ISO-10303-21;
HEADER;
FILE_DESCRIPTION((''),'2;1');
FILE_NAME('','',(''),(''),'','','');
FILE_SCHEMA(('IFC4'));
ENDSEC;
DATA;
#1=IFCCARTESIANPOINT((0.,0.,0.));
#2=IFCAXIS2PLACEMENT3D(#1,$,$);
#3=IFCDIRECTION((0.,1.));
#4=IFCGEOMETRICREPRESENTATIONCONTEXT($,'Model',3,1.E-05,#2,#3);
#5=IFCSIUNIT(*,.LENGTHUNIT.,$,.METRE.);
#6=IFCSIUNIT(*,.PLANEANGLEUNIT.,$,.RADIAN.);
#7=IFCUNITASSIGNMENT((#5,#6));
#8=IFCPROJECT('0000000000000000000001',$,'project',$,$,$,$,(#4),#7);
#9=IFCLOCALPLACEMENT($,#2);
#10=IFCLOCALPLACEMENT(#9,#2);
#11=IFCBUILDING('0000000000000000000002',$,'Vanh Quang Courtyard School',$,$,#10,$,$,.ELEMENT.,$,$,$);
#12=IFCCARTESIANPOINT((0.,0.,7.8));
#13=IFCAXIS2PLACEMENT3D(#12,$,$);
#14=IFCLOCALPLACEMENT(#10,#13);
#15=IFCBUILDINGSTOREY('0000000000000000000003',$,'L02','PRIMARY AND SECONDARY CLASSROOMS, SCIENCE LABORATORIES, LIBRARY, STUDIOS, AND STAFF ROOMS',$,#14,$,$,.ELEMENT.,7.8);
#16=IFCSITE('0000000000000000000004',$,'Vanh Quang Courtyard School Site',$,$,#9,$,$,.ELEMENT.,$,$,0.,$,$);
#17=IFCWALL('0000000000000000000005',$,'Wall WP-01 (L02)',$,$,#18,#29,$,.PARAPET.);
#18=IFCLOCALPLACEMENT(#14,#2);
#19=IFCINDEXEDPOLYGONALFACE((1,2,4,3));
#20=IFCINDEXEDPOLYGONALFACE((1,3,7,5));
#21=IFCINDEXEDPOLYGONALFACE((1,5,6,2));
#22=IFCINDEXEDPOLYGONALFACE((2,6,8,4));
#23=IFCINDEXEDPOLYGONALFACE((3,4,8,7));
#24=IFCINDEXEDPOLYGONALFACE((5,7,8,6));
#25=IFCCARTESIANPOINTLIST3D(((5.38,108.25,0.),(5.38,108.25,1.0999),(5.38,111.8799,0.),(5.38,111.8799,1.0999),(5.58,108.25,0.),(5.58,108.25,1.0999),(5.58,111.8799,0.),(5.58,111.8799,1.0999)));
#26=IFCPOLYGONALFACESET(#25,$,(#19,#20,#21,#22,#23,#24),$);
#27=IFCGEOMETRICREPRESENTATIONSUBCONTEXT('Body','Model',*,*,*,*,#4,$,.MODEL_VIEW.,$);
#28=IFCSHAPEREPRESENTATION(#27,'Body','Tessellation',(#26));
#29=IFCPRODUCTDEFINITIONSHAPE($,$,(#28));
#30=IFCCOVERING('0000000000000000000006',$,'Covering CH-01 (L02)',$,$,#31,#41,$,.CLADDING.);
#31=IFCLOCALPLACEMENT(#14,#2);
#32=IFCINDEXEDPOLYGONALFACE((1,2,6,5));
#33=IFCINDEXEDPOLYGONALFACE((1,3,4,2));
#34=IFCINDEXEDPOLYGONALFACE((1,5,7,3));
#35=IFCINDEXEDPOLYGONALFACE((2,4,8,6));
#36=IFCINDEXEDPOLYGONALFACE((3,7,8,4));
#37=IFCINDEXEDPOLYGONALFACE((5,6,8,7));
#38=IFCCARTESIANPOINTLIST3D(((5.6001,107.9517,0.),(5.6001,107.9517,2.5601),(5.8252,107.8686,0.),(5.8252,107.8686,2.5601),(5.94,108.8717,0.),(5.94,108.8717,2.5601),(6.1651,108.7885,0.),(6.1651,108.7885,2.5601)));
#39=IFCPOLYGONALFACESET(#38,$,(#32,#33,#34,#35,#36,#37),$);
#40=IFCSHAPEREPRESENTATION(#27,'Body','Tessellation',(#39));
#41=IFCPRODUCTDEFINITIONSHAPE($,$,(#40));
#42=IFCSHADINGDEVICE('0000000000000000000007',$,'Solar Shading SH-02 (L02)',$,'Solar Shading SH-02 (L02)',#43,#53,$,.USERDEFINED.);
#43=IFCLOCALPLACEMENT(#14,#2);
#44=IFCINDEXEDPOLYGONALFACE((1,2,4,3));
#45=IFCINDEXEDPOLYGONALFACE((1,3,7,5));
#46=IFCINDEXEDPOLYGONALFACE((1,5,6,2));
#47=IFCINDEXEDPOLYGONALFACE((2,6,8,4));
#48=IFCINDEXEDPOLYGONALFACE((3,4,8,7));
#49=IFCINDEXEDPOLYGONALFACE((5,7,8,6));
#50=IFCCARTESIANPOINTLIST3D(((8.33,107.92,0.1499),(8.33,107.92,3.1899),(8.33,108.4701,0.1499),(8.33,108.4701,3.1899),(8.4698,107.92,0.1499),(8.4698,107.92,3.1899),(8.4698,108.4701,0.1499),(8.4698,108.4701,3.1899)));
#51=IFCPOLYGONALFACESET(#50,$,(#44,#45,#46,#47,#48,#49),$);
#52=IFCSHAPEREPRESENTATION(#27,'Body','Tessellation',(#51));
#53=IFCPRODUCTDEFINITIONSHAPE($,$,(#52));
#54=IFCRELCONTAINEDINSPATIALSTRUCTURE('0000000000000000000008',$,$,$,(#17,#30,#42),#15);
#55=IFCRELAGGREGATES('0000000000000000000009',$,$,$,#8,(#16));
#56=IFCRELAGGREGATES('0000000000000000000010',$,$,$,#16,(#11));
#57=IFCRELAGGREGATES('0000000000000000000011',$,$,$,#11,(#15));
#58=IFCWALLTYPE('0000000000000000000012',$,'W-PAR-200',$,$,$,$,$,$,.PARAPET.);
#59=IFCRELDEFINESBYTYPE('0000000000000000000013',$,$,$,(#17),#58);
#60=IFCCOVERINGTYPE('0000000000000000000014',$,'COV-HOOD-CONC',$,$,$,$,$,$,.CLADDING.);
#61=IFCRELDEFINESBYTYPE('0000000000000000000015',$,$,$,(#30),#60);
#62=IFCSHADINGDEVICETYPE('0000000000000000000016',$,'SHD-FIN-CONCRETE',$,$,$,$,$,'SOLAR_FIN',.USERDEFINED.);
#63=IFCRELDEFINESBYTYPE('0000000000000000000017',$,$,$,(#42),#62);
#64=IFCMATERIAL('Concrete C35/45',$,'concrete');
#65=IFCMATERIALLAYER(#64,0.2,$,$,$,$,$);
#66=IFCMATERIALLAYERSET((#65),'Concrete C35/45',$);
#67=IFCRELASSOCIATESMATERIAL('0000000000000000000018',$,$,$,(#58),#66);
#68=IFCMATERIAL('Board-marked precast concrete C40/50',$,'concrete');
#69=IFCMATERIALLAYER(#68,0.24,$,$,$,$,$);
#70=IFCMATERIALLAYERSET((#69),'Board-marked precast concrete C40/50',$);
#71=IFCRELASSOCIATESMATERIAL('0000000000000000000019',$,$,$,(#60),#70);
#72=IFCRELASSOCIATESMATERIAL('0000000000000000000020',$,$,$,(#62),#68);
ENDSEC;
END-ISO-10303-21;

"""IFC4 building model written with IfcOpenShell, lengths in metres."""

from ifc_helpers import new_model, si_unit, direction, frame, frame_2d, origin, origin_2d, place, context, subcontext, project, spatial, rectangle, extrude, material, layer, layer_set, type_object, element, save


model = new_model("IFC4")

# Units and contexts
model_context = context("Model", 3, precision=1e-05, world=origin(), true_north=direction((0.0, 1.0)))
body_context = subcontext(model_context, "Body", "Model", "MODEL_VIEW")
ifc_project = project(units=[si_unit("LENGTHUNIT", "METRE"), si_unit("PLANEANGLEUNIT", "RADIAN")], contexts=[model_context])

# Site, building, storey
site_placement = place(None, origin())
site = spatial("IfcSite", under=ifc_project, at=site_placement, Name="Vanh Quang Courtyard School Site", CompositionType="ELEMENT", RefElevation=0.0)
building_placement = place(site_placement, origin())
building = spatial("IfcBuilding", under=site, at=building_placement, Name="Vanh Quang Courtyard School", CompositionType="ELEMENT")
storey_placement = place(building_placement, frame((0.0, 0.0, 7.8)))
storey = spatial("IfcBuildingStorey", under=building, at=storey_placement, Name="L02", Description="PRIMARY AND SECONDARY CLASSROOMS, SCIENCE LABORATORIES, LIBRARY, STUDIOS, AND STAFF ROOMS", CompositionType="ELEMENT", Elevation=7.8)

# Shared definitions
ifc_material_1 = material(Name="Concrete C35/45", Category="concrete")

# Wall
ifc_layer_1 = layer(ifc_material_1, 0.2)
ifc_layer_set_1 = layer_set([ifc_layer_1], Name="Concrete C35/45")
wall_type_1 = type_object("IfcWallType", Name="W-PAR-200", PredefinedType="PARAPET", material=ifc_layer_set_1)
wall_1_placement = place(storey_placement, frame((5.48, 111.8799, 0.0), z_axis=(0.0, 0.0, 1.0), x_axis=(0.0, -1.0, 0.0)))
element("IfcWall", 1, at=wall_1_placement, inside=storey, type_object=wall_type_1, Name="Wall WP-01 (L02)", PredefinedType="PARAPET", context=body_context, shape_type="SweptSolid", body=[
    extrude(rectangle(XDim=3.6299, YDim=0.2, at=frame_2d((1.8149, 0.0))), origin(), (0.0, 0.0, 1.0), 1.0999),
])

# Covering
ifc_material_2 = material(Name="Board-marked precast concrete C40/50", Category="concrete")
ifc_layer_2 = layer(ifc_material_2, 0.24)
ifc_layer_set_2 = layer_set([ifc_layer_2], Name="Board-marked precast concrete C40/50")
covering_type = type_object("IfcCoveringType", Name="COV-HOOD-CONC", PredefinedType="CLADDING", material=ifc_layer_set_2)
covering_placement = place(storey_placement, frame((5.8826, 108.3701, 0.0), z_axis=(0.0, 0.0, 1.0), x_axis=(0.346608, 0.93801, 0.0)))
element("IfcCovering", 2, at=covering_placement, inside=storey, type_object=covering_type, Name="Covering CH-01 (L02)", PredefinedType="CLADDING", context=body_context, shape_type="SweptSolid", body=[
    extrude(rectangle(XDim=0.9807, YDim=0.24, at=origin_2d()), origin(), (0.0, 0.0, 1.0), 2.5601),
])

# Shading device
shading_device_type = type_object("IfcShadingDeviceType", Name="SHD-FIN-CONCRETE", ElementType="SOLAR_FIN", PredefinedType="USERDEFINED", material=ifc_material_2)
shading_device_placement = place(storey_placement, frame((8.3999, 108.1951, 0.1499), z_axis=(0.0, 0.0, 1.0), x_axis=(1.0, 0.0, 0.0)))
element("IfcShadingDevice", 3, at=shading_device_placement, inside=storey, type_object=shading_device_type, Name="Solar Shading SH-02 (L02)", ObjectType="Solar Shading SH-02 (L02)", PredefinedType="USERDEFINED", context=body_context, shape_type="SweptSolid", body=[
    extrude(rectangle(XDim=0.1399, YDim=0.55, at=origin_2d()), origin(), (0.0, 0.0, 1.0), 3.04),
])

save(model, "model.ifc")
